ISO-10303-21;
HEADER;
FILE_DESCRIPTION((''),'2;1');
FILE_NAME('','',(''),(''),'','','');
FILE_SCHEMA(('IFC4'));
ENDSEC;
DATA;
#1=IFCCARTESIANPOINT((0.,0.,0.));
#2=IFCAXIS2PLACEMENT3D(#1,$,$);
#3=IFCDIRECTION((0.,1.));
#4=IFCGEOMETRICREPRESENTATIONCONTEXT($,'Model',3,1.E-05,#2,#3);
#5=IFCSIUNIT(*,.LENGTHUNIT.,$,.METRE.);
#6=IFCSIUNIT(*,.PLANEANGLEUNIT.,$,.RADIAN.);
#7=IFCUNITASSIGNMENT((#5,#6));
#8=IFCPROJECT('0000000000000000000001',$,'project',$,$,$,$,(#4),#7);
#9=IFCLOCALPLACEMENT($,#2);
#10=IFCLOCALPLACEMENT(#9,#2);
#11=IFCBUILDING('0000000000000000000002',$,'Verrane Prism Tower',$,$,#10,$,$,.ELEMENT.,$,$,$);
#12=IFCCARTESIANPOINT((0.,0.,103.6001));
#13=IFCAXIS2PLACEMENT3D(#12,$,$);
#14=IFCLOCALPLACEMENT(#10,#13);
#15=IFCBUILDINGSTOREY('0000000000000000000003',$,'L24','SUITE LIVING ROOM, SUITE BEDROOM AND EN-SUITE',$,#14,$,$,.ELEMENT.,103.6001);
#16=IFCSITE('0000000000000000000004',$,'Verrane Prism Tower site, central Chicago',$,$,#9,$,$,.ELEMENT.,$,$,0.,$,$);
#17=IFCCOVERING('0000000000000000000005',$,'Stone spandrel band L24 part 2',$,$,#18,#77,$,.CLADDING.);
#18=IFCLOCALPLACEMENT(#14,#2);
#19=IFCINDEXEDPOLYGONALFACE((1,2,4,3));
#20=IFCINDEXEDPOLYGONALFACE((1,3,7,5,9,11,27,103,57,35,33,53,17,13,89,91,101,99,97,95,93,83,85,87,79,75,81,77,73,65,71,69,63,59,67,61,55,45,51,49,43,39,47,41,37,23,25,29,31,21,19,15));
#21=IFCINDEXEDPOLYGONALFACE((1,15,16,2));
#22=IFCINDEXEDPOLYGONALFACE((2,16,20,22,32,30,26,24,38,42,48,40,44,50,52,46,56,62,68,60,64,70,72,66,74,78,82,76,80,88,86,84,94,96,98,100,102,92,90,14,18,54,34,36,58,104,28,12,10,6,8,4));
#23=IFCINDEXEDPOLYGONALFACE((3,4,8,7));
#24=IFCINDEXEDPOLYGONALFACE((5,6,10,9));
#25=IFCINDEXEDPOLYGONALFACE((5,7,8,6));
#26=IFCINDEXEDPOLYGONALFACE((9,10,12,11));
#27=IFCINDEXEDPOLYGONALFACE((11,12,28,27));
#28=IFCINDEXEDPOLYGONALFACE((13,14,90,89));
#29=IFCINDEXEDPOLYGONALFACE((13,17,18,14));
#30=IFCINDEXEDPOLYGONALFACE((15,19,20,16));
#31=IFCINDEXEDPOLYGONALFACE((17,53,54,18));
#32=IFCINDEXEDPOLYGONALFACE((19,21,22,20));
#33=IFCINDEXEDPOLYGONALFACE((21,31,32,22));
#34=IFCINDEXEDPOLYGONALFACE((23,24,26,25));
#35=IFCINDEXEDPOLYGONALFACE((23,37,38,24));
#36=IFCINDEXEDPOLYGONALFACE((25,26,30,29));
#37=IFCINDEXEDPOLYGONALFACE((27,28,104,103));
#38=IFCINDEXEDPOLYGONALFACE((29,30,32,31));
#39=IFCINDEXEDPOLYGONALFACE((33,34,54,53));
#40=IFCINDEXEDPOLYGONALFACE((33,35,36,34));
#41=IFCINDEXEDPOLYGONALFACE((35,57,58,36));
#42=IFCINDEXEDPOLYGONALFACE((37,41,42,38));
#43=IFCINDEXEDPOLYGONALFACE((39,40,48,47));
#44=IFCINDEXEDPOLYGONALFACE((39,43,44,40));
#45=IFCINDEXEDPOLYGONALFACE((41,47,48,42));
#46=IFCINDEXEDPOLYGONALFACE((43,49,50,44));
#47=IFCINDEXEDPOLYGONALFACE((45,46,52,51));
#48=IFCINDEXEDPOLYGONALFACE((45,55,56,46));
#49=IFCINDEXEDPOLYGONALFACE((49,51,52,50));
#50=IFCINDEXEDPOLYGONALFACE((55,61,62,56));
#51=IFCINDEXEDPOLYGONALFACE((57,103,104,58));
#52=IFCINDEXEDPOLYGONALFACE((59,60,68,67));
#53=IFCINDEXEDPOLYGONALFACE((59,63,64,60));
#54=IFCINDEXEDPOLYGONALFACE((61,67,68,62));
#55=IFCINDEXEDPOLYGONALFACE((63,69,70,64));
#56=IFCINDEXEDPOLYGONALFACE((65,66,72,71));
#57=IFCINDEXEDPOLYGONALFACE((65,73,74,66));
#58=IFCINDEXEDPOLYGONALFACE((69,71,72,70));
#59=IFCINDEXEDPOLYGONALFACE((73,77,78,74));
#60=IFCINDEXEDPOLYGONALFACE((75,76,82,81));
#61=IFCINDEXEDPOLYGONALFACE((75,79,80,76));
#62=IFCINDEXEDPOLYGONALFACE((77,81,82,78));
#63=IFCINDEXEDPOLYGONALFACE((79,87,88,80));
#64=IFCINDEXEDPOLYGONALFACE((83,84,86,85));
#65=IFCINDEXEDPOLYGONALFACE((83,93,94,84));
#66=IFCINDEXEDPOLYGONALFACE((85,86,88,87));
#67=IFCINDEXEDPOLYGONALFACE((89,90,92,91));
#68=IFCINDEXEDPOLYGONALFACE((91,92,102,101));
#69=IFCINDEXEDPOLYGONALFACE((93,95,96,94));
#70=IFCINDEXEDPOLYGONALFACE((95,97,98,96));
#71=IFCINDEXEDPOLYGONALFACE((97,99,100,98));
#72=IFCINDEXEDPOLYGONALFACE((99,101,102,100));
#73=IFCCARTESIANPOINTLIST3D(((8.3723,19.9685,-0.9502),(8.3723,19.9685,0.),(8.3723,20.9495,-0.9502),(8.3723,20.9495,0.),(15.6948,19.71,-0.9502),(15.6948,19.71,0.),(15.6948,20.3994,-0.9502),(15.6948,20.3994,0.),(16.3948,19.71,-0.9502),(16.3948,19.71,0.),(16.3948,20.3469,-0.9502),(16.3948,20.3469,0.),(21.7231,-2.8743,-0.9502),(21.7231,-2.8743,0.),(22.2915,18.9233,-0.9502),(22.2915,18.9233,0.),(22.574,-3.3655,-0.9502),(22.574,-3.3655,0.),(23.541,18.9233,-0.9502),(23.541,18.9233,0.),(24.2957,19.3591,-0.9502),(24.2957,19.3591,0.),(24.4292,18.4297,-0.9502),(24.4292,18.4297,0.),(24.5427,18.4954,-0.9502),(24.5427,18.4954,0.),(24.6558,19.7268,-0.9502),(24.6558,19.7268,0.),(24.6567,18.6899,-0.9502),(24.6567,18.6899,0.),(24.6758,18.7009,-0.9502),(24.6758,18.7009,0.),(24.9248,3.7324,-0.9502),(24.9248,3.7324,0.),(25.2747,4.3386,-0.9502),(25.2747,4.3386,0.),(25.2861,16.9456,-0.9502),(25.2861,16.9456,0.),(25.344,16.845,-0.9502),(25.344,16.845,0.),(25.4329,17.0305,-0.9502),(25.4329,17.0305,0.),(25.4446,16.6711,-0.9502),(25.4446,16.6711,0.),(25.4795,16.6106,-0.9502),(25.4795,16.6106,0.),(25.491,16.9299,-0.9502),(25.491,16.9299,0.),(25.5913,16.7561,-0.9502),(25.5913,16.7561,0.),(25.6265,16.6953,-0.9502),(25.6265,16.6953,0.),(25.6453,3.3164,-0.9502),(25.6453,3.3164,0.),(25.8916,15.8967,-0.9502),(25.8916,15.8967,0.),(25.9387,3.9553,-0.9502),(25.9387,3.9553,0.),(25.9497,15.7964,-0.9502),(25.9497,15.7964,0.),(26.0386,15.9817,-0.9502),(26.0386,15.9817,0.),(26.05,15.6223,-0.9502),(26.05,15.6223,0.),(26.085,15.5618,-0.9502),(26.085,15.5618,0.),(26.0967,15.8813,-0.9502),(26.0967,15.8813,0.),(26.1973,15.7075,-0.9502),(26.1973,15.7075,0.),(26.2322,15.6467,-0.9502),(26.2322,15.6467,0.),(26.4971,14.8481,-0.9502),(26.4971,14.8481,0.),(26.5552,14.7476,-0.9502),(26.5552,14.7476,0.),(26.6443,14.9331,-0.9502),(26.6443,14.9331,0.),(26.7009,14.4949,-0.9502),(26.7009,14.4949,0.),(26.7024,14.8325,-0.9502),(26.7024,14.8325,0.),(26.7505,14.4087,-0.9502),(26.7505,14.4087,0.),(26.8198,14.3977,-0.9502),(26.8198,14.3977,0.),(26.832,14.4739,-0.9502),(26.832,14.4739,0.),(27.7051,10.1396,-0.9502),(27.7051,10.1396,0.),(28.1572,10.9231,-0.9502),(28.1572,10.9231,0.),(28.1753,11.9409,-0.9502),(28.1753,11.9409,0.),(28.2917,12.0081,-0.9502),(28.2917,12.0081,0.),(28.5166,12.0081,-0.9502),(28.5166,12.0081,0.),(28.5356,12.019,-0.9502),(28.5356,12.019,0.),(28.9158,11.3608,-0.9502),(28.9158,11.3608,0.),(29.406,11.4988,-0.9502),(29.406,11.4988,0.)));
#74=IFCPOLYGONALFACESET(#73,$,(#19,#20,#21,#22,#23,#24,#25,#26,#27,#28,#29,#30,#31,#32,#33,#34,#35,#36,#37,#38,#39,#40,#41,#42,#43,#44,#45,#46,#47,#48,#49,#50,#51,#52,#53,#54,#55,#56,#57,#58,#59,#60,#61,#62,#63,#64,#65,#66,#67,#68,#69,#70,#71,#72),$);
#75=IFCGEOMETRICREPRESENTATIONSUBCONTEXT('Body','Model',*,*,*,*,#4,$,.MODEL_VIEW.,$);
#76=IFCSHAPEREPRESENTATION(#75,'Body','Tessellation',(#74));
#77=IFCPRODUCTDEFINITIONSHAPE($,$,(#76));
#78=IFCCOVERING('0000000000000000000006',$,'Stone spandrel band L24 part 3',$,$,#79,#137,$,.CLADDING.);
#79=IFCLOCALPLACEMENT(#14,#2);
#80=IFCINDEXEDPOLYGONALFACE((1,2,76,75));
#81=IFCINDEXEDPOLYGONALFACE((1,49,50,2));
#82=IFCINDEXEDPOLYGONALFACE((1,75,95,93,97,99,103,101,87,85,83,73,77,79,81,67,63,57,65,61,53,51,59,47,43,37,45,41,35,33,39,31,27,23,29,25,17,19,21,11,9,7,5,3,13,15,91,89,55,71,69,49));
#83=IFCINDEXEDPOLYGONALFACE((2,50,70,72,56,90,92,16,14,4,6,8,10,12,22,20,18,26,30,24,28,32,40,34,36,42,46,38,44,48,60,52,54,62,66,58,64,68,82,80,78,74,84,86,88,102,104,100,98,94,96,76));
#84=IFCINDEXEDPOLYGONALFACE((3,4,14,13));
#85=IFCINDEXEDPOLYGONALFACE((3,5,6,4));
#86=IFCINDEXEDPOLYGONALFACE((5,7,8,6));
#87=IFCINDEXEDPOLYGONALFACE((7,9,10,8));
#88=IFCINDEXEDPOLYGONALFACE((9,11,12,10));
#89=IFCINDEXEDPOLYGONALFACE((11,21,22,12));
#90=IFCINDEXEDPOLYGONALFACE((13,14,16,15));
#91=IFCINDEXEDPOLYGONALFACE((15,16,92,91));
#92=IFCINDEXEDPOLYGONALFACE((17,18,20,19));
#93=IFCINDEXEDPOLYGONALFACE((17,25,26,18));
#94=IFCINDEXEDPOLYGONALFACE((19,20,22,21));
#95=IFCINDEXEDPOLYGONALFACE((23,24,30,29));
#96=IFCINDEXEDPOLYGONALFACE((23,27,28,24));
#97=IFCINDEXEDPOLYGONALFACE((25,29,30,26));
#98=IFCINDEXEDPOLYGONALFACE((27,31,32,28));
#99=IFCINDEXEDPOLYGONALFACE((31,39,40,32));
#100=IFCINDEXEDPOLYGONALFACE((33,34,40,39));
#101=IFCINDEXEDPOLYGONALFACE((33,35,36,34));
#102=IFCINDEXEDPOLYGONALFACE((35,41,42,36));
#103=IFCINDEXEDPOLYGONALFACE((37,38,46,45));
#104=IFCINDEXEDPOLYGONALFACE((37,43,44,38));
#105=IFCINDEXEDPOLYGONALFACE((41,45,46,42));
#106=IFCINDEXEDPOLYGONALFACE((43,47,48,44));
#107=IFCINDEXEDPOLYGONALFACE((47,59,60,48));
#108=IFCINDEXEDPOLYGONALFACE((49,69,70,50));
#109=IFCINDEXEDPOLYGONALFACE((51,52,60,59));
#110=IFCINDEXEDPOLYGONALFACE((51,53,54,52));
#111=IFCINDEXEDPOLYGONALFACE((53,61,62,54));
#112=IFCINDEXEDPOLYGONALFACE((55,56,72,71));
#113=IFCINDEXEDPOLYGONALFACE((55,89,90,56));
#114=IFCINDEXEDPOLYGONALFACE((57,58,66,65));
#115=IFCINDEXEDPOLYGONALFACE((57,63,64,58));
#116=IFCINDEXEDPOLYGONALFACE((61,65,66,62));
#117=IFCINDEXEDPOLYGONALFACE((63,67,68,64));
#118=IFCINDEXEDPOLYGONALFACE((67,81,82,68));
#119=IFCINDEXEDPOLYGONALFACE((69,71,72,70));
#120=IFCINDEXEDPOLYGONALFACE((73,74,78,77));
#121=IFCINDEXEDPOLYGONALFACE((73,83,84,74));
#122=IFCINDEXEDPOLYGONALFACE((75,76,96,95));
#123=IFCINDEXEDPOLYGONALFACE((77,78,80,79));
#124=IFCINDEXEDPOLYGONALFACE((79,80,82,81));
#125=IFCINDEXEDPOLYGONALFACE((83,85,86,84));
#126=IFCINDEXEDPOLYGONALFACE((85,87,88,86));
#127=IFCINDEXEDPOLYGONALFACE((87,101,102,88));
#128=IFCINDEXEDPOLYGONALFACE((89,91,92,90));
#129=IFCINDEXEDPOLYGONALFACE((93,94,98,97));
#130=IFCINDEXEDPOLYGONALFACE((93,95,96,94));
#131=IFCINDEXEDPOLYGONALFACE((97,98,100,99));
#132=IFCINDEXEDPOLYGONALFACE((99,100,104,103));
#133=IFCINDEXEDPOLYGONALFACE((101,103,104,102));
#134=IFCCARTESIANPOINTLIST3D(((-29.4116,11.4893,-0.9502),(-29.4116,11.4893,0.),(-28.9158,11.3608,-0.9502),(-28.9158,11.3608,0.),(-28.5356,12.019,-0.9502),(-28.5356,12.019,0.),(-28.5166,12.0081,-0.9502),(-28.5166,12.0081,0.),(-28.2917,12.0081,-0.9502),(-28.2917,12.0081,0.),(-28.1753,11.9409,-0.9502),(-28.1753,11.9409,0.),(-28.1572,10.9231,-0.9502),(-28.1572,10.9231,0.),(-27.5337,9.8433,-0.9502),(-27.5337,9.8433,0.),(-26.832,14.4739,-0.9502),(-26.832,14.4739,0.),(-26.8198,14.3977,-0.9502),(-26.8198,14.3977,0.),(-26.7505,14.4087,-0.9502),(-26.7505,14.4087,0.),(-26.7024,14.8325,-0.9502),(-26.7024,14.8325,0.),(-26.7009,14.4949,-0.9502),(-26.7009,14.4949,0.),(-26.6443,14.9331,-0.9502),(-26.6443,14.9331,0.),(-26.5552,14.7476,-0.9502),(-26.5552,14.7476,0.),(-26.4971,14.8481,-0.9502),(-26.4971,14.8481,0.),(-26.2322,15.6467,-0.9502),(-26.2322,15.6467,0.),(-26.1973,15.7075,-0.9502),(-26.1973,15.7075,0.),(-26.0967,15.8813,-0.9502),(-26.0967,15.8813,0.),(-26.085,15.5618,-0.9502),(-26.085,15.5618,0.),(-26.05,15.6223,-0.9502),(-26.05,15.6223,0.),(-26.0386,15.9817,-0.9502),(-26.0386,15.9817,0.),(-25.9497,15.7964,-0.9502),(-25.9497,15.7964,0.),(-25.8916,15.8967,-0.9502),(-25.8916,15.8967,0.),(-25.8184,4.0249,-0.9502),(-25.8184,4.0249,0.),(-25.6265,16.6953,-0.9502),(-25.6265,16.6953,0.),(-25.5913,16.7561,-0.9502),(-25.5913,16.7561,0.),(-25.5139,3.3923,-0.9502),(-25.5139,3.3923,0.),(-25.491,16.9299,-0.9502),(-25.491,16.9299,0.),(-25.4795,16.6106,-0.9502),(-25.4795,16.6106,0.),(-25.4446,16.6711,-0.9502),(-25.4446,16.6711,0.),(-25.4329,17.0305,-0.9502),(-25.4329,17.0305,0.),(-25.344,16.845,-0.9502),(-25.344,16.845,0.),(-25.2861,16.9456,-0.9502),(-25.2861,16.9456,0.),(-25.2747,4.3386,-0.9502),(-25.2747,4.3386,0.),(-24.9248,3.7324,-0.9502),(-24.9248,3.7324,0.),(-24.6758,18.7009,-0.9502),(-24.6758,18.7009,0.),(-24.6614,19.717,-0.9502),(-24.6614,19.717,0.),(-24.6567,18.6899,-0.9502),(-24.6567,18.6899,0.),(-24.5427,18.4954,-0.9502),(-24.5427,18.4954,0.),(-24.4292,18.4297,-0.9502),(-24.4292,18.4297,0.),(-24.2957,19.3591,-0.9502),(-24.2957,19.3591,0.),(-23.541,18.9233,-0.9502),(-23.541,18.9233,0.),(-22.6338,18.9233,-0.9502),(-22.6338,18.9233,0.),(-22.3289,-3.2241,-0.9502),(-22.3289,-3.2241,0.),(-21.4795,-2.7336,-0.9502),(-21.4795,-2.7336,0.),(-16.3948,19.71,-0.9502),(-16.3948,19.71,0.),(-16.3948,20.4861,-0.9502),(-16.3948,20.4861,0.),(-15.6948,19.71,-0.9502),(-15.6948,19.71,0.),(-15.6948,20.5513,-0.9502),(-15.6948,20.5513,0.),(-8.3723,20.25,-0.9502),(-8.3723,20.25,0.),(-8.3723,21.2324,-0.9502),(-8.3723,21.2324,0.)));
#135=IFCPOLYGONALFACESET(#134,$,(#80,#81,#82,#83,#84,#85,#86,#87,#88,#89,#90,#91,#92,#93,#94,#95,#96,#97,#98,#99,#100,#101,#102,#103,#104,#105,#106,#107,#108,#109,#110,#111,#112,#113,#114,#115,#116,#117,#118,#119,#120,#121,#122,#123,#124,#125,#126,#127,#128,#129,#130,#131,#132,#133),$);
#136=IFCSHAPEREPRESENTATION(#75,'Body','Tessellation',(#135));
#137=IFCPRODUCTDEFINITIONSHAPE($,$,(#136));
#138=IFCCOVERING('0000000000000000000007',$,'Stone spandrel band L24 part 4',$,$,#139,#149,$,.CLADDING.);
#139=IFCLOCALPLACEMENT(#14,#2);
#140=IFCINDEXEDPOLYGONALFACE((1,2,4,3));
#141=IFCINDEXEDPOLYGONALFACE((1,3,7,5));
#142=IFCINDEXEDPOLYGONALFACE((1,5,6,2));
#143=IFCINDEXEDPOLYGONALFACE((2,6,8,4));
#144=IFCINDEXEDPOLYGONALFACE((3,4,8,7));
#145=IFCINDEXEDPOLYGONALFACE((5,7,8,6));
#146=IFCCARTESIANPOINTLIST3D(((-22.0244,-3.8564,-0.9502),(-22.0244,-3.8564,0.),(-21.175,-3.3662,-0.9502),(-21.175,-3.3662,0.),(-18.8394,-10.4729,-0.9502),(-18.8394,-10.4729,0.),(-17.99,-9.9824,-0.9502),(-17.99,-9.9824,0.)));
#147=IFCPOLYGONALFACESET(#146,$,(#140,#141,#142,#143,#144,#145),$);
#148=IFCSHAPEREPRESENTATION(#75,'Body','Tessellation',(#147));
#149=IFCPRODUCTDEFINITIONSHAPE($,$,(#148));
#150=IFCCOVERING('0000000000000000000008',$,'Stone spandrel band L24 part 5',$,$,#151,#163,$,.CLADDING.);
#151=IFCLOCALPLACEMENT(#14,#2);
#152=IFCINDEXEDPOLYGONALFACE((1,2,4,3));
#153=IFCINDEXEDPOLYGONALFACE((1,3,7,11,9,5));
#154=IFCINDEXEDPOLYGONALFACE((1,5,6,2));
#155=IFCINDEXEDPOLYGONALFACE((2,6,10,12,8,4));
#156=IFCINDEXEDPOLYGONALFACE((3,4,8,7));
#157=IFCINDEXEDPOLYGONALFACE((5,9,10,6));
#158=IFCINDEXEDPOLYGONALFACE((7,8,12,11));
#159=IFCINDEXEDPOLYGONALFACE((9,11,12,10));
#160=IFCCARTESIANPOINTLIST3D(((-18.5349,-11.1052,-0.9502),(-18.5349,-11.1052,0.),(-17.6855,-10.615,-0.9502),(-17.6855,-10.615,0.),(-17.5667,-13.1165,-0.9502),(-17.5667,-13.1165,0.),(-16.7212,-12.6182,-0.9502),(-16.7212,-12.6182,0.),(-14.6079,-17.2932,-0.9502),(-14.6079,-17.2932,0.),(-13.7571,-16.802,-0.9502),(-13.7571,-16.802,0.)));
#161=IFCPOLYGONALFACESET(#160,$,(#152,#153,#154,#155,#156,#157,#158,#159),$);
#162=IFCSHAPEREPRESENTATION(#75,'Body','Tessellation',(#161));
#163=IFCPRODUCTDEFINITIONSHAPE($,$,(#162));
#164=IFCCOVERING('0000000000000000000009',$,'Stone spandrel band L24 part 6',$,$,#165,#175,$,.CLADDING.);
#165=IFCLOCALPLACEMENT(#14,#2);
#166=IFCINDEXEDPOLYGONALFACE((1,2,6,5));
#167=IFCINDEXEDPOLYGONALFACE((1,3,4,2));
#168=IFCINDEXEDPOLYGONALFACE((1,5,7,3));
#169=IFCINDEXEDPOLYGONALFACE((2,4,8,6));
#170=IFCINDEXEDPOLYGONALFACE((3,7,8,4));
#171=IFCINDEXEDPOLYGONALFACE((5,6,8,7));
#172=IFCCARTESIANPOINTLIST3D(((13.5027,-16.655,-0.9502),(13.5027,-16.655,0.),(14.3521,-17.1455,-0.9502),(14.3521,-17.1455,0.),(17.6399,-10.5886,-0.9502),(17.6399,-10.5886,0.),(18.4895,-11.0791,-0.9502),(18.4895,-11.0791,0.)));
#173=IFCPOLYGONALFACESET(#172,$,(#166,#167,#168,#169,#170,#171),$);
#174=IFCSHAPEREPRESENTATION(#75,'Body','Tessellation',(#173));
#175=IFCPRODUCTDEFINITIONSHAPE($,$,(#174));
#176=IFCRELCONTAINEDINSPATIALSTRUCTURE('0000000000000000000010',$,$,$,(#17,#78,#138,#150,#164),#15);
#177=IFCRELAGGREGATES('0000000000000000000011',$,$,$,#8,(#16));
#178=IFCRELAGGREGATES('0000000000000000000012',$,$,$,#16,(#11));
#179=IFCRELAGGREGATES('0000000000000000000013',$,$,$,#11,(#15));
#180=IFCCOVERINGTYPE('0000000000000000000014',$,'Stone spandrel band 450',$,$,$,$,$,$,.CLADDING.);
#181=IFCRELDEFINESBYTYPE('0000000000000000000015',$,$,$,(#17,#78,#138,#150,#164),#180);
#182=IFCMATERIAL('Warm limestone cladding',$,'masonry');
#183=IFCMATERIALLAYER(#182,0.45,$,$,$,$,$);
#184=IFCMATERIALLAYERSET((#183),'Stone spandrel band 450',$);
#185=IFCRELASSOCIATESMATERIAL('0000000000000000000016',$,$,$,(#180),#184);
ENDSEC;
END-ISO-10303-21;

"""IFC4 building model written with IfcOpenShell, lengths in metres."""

from ifc_helpers import new_model, si_unit, direction, frame, origin, place, context, subcontext, project, spatial, polyline, outline, extrude, material, layer, layer_set, type_object, element, save


model = new_model("IFC4")

# Units and contexts
model_context = context("Model", 3, precision=1e-05, world=origin(), true_north=direction((0.0, 1.0)))
body_context = subcontext(model_context, "Body", "Model", "MODEL_VIEW")
ifc_project = project(units=[si_unit("LENGTHUNIT", "METRE"), si_unit("PLANEANGLEUNIT", "RADIAN")], contexts=[model_context])

# Site, building, storey
site_placement = place(None, origin())
site = spatial("IfcSite", under=ifc_project, at=site_placement, Name="Verrane Prism Tower site, central Chicago", CompositionType="ELEMENT", RefElevation=0.0)
building_placement = place(site_placement, origin())
building = spatial("IfcBuilding", under=site, at=building_placement, Name="Verrane Prism Tower", CompositionType="ELEMENT")
storey_placement = place(building_placement, frame((0.0, 0.0, 103.6001)))
storey = spatial("IfcBuildingStorey", under=building, at=storey_placement, Name="L24", Description="SUITE LIVING ROOM, SUITE BEDROOM AND EN-SUITE", CompositionType="ELEMENT", Elevation=103.6001)

# Coverings
ifc_material_1 = material(Name="Warm limestone cladding", Category="masonry")
ifc_layer_1 = layer(ifc_material_1, 0.45)
ifc_layer_set_1 = layer_set([ifc_layer_1], Name="Stone spandrel band 450")
covering_type_1 = type_object("IfcCoveringType", Name="Stone spandrel band 450", PredefinedType="CLADDING", material=ifc_layer_set_1)
covering_1_placement = place(storey_placement, frame((0.0, 0.0, -0.9502)))
element("IfcCovering", 1, at=covering_1_placement, inside=storey, type_object=covering_type_1, Name="Stone spandrel band L24 part 2", PredefinedType="CLADDING", context=body_context, shape_type="SweptSolid", body=[
    extrude(outline(polyline([(8.3723, 20.9495), (8.3723, 19.9685), (22.2915, 18.9233), (23.541, 18.9233), (24.2957, 19.3591), (24.6758, 18.7009), (24.6567, 18.6899), (24.5427, 18.4954), (24.4292, 18.4297), (25.2861, 16.9456), (25.4329, 17.0305), (25.491, 16.9299), (25.344, 16.845), (25.4446, 16.6711), (25.5913, 16.7561), (25.6265, 16.6953), (25.4795, 16.6106), (25.8916, 15.8967), (26.0386, 15.9817), (26.0967, 15.8813), (25.9497, 15.7964), (26.05, 15.6223), (26.1973, 15.7075), (26.2322, 15.6467), (26.085, 15.5618), (26.4971, 14.8481), (26.6443, 14.9331), (26.7024, 14.8325), (26.5552, 14.7476), (26.7009, 14.4949), (26.832, 14.4739), (26.8198, 14.3977), (26.7505, 14.4087), (28.1753, 11.9409), (28.2917, 12.0081), (28.5166, 12.0081), (28.5356, 12.019), (28.9158, 11.3608), (28.1572, 10.9231), (27.7051, 10.1396), (21.7231, -2.8743), (22.574, -3.3655), (25.6453, 3.3164), (24.9248, 3.7324), (25.2747, 4.3386), (25.9387, 3.9553), (29.406, 11.4988), (24.6558, 19.7268), (16.3948, 20.3469), (16.3948, 19.71), (15.6948, 19.71), (15.6948, 20.3994), (8.3723, 20.9495)])), origin(), (0.0, 0.0, 1.0), 0.9502),
])
covering_2_placement = place(storey_placement, frame((0.0, 0.0, -0.9502)))
element("IfcCovering", 2, at=covering_2_placement, inside=storey, type_object=covering_type_1, Name="Stone spandrel band L24 part 3", PredefinedType="CLADDING", context=body_context, shape_type="SweptSolid", body=[
    extrude(outline(polyline([(-21.4795, -2.7336), (-27.5337, 9.8433), (-28.1572, 10.9231), (-28.9158, 11.3608), (-28.5356, 12.019), (-28.5166, 12.0081), (-28.2917, 12.0081), (-28.1753, 11.9409), (-26.7505, 14.4087), (-26.8198, 14.3977), (-26.832, 14.4739), (-26.7009, 14.4949), (-26.5552, 14.7476), (-26.7024, 14.8325), (-26.6443, 14.9331), (-26.4971, 14.8481), (-26.085, 15.5618), (-26.2322, 15.6467), (-26.1973, 15.7075), (-26.05, 15.6223), (-25.9497, 15.7964), (-26.0967, 15.8813), (-26.0386, 15.9817), (-25.8916, 15.8967), (-25.4795, 16.6106), (-25.6265, 16.6953), (-25.5913, 16.7561), (-25.4446, 16.6711), (-25.344, 16.845), (-25.491, 16.9299), (-25.4329, 17.0305), (-25.2861, 16.9456), (-24.4292, 18.4297), (-24.5427, 18.4954), (-24.6567, 18.6899), (-24.6758, 18.7009), (-24.2957, 19.3591), (-23.541, 18.9233), (-22.6338, 18.9233), (-8.3723, 20.25), (-8.3723, 21.2324), (-15.6948, 20.5513), (-15.6948, 19.71), (-16.3948, 19.71), (-16.3948, 20.4861), (-24.6614, 19.717), (-29.4116, 11.4893), (-25.8184, 4.0249), (-25.2747, 4.3386), (-24.9248, 3.7324), (-25.5139, 3.3923), (-22.3289, -3.2241), (-21.4795, -2.7336)])), origin(), (0.0, 0.0, 1.0), 0.9502),
])
covering_3_placement = place(storey_placement, frame((0.0, 0.0, -0.9502)))
element("IfcCovering", 3, at=covering_3_placement, inside=storey, type_object=covering_type_1, Name="Stone spandrel band L24 part 4", PredefinedType="CLADDING", context=body_context, shape_type="SweptSolid", body=[
    extrude(outline(polyline([(-18.8394, -10.4729), (-17.99, -9.9824), (-21.175, -3.3662), (-22.0244, -3.8564), (-18.8394, -10.4729)])), origin(), (0.0, 0.0, 1.0), 0.9502),
])
covering_4_placement = place(storey_placement, frame((0.0, 0.0, -0.9502)))
element("IfcCovering", 4, at=covering_4_placement, inside=storey, type_object=covering_type_1, Name="Stone spandrel band L24 part 5", PredefinedType="CLADDING", context=body_context, shape_type="SweptSolid", body=[
    extrude(outline(polyline([(-14.6079, -17.2932), (-13.7571, -16.802), (-16.7212, -12.6182), (-17.6855, -10.615), (-18.5349, -11.1052), (-17.5667, -13.1165), (-14.6079, -17.2932)])), origin(), (0.0, 0.0, 1.0), 0.9502),
])
covering_5_placement = place(storey_placement, frame((0.0, 0.0, -0.9502)))
element("IfcCovering", 5, at=covering_5_placement, inside=storey, type_object=covering_type_1, Name="Stone spandrel band L24 part 6", PredefinedType="CLADDING", context=body_context, shape_type="SweptSolid", body=[
    extrude(outline(polyline([(17.6399, -10.5886), (13.5027, -16.655), (14.3521, -17.1455), (18.4895, -11.0791), (17.6399, -10.5886)])), origin(), (0.0, 0.0, 1.0), 0.9502),
])

save(model, "model.ifc")
